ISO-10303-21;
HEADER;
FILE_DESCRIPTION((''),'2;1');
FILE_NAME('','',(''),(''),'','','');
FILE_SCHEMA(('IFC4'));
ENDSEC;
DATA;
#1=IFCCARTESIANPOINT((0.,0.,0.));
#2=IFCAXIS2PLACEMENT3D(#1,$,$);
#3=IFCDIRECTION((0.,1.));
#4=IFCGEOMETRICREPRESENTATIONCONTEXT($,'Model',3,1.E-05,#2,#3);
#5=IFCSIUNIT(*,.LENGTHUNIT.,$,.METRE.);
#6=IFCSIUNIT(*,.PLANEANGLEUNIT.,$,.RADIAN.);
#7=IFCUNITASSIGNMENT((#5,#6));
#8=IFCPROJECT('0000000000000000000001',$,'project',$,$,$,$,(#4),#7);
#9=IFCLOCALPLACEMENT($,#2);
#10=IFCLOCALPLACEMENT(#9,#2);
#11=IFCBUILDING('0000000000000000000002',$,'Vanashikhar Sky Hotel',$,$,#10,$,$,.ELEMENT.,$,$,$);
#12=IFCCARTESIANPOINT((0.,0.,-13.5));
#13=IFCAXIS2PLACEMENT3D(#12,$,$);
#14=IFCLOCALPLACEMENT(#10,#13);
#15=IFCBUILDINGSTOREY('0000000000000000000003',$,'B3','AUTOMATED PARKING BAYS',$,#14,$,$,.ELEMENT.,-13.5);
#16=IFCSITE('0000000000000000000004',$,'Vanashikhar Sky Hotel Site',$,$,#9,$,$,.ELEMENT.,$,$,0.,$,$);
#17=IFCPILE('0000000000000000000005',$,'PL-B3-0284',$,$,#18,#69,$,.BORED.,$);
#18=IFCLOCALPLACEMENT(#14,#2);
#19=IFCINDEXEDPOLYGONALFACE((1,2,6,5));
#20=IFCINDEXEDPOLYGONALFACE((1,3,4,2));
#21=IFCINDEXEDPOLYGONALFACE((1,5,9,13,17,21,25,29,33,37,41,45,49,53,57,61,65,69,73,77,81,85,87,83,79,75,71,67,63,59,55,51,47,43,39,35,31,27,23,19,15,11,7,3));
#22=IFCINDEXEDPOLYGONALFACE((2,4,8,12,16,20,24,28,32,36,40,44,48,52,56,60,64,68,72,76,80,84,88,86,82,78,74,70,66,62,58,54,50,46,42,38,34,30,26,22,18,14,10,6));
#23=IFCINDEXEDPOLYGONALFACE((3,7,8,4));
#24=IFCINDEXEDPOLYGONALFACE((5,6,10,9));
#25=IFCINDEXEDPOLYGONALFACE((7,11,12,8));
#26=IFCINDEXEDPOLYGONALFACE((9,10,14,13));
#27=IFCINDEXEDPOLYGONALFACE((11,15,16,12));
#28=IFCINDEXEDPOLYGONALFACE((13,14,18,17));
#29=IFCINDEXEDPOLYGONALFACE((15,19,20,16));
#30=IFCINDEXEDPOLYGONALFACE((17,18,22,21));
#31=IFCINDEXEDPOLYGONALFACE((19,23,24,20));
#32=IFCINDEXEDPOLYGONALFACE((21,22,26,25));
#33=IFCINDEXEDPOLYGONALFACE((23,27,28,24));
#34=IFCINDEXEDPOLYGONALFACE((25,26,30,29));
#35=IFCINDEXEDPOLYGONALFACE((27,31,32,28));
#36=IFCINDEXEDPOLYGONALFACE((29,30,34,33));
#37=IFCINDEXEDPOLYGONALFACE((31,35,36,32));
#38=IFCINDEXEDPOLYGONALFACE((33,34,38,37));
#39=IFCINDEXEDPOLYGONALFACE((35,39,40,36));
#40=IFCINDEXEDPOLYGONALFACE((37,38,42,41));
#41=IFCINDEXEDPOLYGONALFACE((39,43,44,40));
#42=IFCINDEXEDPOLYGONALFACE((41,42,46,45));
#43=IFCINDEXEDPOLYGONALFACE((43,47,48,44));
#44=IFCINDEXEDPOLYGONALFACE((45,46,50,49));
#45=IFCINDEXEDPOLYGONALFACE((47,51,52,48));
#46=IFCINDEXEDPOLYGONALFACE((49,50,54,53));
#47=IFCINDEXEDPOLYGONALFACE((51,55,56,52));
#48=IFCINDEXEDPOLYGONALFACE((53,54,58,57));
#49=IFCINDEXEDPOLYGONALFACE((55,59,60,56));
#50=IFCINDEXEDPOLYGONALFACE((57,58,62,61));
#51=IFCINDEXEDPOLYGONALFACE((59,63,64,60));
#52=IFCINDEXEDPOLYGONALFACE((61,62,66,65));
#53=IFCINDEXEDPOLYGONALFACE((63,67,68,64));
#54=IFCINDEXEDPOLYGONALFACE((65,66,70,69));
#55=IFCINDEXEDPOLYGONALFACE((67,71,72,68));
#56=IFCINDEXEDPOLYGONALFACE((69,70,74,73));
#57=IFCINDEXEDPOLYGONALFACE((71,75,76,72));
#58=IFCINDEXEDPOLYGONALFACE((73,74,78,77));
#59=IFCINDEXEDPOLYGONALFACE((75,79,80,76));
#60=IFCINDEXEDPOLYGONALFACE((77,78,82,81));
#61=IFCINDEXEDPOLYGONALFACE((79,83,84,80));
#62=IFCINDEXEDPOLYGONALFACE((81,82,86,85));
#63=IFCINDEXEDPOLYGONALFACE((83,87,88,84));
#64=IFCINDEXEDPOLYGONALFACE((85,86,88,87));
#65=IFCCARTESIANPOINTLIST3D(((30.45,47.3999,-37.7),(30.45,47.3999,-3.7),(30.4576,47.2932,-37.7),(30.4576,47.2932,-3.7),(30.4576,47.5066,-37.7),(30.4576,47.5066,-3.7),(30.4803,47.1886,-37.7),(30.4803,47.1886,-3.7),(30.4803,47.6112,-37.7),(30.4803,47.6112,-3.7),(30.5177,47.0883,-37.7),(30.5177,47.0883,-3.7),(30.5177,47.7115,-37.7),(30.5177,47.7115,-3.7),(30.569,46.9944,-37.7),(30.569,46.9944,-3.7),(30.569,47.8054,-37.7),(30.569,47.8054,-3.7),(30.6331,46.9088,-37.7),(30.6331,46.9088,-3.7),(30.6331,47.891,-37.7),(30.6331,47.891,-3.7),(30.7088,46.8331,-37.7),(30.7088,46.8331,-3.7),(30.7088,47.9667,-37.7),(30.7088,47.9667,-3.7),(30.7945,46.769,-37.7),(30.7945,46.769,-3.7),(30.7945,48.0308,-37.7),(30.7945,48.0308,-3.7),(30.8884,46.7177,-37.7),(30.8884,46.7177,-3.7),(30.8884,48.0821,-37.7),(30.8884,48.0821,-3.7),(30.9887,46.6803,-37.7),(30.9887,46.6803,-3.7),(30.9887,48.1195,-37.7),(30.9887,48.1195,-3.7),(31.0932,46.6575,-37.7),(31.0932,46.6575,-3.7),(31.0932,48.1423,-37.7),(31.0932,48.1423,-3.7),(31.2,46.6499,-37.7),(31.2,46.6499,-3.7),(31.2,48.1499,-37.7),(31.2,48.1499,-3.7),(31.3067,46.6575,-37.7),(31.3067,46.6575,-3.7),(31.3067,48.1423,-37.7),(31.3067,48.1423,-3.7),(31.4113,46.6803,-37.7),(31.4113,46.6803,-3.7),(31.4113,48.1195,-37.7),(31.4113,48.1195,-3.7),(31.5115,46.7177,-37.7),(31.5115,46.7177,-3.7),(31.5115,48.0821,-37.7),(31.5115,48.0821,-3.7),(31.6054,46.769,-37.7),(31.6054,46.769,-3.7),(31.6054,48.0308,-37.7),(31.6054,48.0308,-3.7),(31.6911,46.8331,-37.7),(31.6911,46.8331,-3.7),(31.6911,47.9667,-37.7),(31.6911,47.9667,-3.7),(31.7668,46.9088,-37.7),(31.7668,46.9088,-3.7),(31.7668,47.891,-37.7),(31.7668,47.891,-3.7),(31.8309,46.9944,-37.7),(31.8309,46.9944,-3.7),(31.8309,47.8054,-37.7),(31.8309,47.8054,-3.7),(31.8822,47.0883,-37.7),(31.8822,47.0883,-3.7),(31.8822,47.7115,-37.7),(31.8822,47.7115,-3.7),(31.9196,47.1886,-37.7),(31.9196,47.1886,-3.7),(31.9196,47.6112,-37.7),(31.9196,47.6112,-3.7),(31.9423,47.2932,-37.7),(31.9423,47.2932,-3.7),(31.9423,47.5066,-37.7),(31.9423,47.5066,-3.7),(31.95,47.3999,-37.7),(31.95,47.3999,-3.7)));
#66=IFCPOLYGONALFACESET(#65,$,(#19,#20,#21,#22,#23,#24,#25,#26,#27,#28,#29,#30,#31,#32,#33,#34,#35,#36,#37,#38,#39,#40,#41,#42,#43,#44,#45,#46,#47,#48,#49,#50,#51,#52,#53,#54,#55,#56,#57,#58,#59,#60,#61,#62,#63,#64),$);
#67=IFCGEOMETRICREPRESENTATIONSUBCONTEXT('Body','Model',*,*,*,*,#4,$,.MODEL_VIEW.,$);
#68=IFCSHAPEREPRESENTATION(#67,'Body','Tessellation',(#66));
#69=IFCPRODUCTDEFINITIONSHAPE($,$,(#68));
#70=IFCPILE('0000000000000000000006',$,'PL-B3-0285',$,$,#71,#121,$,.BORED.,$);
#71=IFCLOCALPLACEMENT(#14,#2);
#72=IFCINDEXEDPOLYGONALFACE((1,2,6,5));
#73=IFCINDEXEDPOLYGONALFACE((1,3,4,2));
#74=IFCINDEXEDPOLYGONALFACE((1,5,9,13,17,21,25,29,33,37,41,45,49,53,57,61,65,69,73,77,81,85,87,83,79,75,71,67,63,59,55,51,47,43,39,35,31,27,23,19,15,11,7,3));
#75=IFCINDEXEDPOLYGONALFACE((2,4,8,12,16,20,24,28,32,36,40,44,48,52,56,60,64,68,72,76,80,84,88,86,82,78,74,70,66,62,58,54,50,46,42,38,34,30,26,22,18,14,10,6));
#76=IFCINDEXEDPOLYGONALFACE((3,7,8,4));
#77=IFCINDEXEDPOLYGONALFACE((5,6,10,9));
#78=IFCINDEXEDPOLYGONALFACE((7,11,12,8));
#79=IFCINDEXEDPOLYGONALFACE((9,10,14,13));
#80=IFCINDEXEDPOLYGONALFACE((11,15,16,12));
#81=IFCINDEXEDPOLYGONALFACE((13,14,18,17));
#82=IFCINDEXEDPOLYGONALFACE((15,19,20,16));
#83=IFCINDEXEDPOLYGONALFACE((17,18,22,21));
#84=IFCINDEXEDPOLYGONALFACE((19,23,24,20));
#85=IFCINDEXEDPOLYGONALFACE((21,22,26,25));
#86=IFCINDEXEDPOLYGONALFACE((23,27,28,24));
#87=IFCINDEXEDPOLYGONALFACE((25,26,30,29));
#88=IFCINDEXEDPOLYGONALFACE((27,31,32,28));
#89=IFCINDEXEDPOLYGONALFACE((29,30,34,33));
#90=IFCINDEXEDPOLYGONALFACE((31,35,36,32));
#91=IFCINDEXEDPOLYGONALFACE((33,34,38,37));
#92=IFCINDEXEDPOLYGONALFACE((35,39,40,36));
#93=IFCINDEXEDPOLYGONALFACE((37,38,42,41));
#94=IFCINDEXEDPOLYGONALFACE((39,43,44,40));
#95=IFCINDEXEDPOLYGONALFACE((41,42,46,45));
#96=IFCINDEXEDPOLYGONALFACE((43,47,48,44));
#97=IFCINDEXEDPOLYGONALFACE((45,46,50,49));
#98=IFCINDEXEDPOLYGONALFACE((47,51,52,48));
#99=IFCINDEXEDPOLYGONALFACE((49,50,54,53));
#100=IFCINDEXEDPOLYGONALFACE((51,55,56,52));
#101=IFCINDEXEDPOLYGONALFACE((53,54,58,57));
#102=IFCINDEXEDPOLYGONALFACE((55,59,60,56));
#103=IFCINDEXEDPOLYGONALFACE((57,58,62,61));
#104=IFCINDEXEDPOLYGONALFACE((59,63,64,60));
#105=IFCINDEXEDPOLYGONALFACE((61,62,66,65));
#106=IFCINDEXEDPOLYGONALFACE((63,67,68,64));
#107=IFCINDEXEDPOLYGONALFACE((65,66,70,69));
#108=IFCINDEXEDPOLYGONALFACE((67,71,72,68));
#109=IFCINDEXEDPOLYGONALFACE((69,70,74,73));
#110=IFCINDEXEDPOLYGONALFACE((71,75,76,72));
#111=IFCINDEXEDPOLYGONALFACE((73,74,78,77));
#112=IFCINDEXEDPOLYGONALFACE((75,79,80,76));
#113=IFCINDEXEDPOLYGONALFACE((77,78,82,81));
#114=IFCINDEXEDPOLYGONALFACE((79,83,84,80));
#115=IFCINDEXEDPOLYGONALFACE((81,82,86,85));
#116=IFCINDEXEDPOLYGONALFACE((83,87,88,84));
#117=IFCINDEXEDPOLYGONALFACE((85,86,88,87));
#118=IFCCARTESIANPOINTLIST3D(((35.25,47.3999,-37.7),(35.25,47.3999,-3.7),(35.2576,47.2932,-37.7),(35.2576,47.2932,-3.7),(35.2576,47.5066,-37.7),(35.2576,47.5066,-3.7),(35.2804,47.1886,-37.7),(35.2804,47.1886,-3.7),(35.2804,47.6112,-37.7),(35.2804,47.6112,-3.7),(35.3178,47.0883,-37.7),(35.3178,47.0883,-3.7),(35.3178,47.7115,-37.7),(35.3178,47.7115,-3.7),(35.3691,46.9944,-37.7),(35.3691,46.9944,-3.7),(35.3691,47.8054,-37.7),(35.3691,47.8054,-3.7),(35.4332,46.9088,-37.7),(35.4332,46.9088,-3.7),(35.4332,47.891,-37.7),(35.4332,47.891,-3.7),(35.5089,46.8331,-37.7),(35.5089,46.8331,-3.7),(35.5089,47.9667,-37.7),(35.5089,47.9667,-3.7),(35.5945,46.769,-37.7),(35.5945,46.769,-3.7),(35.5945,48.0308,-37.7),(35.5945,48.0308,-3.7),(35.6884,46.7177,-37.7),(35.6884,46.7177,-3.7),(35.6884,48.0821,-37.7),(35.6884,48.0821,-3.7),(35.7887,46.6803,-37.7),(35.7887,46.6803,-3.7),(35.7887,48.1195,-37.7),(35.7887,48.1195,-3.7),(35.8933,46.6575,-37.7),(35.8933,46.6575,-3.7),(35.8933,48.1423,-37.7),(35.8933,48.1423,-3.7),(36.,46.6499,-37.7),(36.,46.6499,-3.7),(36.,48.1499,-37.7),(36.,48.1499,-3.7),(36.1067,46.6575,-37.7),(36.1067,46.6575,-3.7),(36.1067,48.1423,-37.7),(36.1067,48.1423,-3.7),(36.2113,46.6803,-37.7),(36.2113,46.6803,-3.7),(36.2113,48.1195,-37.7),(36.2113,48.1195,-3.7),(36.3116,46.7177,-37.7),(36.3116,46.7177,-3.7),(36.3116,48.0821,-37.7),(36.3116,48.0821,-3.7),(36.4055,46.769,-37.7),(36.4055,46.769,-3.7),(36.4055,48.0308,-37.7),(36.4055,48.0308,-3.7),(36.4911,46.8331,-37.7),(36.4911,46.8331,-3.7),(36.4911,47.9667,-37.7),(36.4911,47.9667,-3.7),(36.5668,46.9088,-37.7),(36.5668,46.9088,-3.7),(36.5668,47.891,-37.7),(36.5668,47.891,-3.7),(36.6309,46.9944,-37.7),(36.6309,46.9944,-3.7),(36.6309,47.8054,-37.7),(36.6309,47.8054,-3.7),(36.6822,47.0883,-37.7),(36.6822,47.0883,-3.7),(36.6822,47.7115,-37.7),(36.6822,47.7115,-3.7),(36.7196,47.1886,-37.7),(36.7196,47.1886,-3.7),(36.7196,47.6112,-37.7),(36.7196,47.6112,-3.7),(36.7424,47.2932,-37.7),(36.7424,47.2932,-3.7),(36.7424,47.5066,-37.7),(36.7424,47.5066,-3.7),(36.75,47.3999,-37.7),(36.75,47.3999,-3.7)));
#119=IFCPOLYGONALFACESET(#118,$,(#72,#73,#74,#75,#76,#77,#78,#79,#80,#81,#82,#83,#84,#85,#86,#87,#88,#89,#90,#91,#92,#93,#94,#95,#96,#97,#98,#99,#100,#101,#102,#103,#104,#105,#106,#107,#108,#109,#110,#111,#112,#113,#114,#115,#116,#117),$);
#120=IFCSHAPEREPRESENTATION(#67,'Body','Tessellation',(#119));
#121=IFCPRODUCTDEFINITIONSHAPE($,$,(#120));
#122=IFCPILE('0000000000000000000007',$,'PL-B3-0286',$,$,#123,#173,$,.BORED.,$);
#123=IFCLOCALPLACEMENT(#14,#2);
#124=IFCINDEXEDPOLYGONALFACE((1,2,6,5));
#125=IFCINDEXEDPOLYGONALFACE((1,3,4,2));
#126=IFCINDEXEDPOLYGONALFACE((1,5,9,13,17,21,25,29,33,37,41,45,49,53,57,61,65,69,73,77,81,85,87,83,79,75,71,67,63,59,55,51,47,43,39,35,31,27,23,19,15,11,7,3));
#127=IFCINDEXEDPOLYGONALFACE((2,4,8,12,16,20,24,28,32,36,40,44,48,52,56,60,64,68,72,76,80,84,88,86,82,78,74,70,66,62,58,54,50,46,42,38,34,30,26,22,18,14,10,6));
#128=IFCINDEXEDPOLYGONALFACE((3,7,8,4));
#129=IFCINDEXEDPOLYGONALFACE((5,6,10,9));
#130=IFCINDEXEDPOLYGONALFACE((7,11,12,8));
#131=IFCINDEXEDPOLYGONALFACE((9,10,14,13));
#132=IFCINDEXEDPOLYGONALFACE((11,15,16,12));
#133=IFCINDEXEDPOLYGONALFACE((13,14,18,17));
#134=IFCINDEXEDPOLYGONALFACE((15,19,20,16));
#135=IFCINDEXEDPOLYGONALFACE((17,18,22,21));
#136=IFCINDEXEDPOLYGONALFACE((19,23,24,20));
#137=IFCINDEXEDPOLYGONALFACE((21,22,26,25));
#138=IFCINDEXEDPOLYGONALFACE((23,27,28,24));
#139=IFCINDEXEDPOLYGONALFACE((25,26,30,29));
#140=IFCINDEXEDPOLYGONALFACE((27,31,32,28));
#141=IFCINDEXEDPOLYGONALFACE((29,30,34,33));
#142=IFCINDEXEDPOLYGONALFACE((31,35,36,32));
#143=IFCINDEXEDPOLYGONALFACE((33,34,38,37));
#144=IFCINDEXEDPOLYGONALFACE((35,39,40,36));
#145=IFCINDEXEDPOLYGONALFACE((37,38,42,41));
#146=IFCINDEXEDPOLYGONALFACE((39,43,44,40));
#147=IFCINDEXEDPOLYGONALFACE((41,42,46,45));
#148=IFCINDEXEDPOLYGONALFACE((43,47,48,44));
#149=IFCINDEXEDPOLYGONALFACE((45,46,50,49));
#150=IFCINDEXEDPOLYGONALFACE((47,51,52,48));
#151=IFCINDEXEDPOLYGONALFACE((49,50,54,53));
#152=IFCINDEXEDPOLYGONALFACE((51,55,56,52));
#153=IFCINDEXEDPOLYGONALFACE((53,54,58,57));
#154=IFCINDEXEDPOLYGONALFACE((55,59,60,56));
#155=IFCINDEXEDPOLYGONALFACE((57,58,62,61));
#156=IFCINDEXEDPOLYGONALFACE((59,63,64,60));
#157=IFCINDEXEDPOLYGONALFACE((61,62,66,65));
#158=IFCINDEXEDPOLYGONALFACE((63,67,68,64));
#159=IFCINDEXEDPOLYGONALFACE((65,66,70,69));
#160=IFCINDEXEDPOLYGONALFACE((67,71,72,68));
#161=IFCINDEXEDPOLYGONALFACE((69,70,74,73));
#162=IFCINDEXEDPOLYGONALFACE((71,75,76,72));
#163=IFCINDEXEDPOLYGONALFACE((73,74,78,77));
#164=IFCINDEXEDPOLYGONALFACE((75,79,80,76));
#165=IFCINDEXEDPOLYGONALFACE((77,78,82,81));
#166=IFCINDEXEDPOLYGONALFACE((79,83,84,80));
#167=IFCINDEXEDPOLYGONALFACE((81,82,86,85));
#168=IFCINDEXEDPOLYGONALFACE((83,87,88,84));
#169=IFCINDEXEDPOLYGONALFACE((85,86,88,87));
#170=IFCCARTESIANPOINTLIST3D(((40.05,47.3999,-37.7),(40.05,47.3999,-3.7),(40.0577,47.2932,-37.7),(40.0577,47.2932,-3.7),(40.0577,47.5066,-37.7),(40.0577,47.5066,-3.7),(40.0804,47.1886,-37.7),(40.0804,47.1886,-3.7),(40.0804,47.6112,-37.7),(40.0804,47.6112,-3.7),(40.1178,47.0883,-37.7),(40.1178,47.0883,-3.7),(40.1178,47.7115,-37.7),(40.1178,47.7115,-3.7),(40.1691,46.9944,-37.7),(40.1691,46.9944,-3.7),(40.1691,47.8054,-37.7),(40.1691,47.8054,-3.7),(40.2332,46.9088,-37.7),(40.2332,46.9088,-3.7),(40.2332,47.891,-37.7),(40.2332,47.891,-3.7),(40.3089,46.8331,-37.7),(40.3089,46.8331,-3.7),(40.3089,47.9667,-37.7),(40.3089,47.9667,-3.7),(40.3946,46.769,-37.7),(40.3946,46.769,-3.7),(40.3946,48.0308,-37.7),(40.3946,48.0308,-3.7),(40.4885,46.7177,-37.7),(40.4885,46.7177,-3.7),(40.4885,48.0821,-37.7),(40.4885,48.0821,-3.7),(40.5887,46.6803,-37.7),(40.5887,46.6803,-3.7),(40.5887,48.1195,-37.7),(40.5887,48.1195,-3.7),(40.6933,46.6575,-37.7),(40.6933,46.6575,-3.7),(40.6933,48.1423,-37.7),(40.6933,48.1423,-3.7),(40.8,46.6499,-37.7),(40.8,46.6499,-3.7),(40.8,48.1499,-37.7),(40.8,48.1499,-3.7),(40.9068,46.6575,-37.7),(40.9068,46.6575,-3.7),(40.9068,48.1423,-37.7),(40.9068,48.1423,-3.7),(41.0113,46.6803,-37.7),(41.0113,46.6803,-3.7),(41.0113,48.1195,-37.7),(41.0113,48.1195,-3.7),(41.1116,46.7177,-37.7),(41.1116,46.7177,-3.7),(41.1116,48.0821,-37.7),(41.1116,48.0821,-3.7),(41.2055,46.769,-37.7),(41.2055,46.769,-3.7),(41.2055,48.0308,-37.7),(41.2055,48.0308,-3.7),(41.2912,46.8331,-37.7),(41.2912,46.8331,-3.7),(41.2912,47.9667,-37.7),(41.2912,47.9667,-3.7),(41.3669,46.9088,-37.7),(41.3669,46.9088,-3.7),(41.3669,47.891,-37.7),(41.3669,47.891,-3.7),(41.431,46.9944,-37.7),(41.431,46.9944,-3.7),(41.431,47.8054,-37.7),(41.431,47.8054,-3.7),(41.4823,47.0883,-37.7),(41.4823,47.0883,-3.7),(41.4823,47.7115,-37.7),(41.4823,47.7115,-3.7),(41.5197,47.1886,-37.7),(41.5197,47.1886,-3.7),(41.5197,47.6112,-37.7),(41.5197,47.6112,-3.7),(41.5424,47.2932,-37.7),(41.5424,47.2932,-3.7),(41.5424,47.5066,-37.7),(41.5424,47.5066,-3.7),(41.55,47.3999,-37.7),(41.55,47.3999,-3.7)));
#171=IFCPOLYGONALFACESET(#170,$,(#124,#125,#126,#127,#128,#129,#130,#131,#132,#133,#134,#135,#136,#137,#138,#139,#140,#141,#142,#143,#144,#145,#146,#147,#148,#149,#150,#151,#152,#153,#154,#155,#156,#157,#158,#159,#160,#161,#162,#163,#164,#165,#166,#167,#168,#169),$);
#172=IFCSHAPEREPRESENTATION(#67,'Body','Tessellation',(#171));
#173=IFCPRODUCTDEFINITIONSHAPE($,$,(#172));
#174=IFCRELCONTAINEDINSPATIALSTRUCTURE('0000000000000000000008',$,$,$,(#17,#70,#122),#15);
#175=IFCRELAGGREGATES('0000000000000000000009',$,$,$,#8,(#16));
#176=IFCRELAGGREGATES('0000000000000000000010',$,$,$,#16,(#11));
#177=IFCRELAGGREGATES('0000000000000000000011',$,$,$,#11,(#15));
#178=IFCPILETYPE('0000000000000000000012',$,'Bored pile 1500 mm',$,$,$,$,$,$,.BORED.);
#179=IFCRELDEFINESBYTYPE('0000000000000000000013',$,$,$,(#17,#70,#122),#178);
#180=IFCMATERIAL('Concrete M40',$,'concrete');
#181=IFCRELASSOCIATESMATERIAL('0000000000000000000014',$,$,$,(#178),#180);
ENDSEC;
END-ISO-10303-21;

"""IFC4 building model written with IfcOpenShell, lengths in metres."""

from ifc_helpers import new_model, si_unit, direction, frame, origin, origin_2d, place, context, subcontext, project, spatial, circle, extrude, source, transform, mapped, material, type_object, element, save


model = new_model("IFC4")

# Units and contexts
model_context = context("Model", 3, precision=1e-05, world=origin(), true_north=direction((0.0, 1.0)))
body_context = subcontext(model_context, "Body", "Model", "MODEL_VIEW")
ifc_project = project(units=[si_unit("LENGTHUNIT", "METRE"), si_unit("PLANEANGLEUNIT", "RADIAN")], contexts=[model_context])

# Site, building, storey
site_placement = place(None, origin())
site = spatial("IfcSite", under=ifc_project, at=site_placement, Name="Vanashikhar Sky Hotel Site", CompositionType="ELEMENT", RefElevation=0.0)
building_placement = place(site_placement, origin())
building = spatial("IfcBuilding", under=site, at=building_placement, Name="Vanashikhar Sky Hotel", CompositionType="ELEMENT")
storey_placement = place(building_placement, frame((0.0, 0.0, -13.5)))
storey = spatial("IfcBuildingStorey", under=building, at=storey_placement, Name="B3", Description="AUTOMATED PARKING BAYS", CompositionType="ELEMENT", Elevation=-13.5)

# Piles
ifc_material_1 = material(Name="Concrete M40", Category="concrete")
pile_type_1 = type_object("IfcPileType", Name="Bored pile 1500 mm", PredefinedType="BORED", material=ifc_material_1)
shared_shape_1 = source(origin(), body_context, "Body", "SweptSolid", [
    extrude(circle(Radius=0.75, at=origin_2d()), origin(), (0.0, 0.0, 1.0), 34.0),
])
for number, where, z_axis, x_axis, name in (
    (1, (31.2, 47.3999, -3.7), (0.0, 0.0, -1.0), (1.0, 0.0, 0.0), "PL-B3-0284"),
    (2, (36.0, 47.3999, -3.7), (0.0, 0.0, -1.0), (1.0, 0.0, 0.0), "PL-B3-0285"),
    (3, (40.8, 47.3999, -3.7), (0.0, 0.0, -1.0), (1.0, 0.0, 0.0), "PL-B3-0286"),
):
    element("IfcPile", number, at=place(storey_placement, frame(where, z_axis=z_axis, x_axis=x_axis)), inside=storey, type_object=pile_type_1, Name=name, PredefinedType="BORED", context=body_context, shape_type="MappedRepresentation", body=[
        mapped(shared_shape_1, transform((0.0, 0.0, 0.0), scale=1.0)),
    ])

save(model, "model.ifc")
